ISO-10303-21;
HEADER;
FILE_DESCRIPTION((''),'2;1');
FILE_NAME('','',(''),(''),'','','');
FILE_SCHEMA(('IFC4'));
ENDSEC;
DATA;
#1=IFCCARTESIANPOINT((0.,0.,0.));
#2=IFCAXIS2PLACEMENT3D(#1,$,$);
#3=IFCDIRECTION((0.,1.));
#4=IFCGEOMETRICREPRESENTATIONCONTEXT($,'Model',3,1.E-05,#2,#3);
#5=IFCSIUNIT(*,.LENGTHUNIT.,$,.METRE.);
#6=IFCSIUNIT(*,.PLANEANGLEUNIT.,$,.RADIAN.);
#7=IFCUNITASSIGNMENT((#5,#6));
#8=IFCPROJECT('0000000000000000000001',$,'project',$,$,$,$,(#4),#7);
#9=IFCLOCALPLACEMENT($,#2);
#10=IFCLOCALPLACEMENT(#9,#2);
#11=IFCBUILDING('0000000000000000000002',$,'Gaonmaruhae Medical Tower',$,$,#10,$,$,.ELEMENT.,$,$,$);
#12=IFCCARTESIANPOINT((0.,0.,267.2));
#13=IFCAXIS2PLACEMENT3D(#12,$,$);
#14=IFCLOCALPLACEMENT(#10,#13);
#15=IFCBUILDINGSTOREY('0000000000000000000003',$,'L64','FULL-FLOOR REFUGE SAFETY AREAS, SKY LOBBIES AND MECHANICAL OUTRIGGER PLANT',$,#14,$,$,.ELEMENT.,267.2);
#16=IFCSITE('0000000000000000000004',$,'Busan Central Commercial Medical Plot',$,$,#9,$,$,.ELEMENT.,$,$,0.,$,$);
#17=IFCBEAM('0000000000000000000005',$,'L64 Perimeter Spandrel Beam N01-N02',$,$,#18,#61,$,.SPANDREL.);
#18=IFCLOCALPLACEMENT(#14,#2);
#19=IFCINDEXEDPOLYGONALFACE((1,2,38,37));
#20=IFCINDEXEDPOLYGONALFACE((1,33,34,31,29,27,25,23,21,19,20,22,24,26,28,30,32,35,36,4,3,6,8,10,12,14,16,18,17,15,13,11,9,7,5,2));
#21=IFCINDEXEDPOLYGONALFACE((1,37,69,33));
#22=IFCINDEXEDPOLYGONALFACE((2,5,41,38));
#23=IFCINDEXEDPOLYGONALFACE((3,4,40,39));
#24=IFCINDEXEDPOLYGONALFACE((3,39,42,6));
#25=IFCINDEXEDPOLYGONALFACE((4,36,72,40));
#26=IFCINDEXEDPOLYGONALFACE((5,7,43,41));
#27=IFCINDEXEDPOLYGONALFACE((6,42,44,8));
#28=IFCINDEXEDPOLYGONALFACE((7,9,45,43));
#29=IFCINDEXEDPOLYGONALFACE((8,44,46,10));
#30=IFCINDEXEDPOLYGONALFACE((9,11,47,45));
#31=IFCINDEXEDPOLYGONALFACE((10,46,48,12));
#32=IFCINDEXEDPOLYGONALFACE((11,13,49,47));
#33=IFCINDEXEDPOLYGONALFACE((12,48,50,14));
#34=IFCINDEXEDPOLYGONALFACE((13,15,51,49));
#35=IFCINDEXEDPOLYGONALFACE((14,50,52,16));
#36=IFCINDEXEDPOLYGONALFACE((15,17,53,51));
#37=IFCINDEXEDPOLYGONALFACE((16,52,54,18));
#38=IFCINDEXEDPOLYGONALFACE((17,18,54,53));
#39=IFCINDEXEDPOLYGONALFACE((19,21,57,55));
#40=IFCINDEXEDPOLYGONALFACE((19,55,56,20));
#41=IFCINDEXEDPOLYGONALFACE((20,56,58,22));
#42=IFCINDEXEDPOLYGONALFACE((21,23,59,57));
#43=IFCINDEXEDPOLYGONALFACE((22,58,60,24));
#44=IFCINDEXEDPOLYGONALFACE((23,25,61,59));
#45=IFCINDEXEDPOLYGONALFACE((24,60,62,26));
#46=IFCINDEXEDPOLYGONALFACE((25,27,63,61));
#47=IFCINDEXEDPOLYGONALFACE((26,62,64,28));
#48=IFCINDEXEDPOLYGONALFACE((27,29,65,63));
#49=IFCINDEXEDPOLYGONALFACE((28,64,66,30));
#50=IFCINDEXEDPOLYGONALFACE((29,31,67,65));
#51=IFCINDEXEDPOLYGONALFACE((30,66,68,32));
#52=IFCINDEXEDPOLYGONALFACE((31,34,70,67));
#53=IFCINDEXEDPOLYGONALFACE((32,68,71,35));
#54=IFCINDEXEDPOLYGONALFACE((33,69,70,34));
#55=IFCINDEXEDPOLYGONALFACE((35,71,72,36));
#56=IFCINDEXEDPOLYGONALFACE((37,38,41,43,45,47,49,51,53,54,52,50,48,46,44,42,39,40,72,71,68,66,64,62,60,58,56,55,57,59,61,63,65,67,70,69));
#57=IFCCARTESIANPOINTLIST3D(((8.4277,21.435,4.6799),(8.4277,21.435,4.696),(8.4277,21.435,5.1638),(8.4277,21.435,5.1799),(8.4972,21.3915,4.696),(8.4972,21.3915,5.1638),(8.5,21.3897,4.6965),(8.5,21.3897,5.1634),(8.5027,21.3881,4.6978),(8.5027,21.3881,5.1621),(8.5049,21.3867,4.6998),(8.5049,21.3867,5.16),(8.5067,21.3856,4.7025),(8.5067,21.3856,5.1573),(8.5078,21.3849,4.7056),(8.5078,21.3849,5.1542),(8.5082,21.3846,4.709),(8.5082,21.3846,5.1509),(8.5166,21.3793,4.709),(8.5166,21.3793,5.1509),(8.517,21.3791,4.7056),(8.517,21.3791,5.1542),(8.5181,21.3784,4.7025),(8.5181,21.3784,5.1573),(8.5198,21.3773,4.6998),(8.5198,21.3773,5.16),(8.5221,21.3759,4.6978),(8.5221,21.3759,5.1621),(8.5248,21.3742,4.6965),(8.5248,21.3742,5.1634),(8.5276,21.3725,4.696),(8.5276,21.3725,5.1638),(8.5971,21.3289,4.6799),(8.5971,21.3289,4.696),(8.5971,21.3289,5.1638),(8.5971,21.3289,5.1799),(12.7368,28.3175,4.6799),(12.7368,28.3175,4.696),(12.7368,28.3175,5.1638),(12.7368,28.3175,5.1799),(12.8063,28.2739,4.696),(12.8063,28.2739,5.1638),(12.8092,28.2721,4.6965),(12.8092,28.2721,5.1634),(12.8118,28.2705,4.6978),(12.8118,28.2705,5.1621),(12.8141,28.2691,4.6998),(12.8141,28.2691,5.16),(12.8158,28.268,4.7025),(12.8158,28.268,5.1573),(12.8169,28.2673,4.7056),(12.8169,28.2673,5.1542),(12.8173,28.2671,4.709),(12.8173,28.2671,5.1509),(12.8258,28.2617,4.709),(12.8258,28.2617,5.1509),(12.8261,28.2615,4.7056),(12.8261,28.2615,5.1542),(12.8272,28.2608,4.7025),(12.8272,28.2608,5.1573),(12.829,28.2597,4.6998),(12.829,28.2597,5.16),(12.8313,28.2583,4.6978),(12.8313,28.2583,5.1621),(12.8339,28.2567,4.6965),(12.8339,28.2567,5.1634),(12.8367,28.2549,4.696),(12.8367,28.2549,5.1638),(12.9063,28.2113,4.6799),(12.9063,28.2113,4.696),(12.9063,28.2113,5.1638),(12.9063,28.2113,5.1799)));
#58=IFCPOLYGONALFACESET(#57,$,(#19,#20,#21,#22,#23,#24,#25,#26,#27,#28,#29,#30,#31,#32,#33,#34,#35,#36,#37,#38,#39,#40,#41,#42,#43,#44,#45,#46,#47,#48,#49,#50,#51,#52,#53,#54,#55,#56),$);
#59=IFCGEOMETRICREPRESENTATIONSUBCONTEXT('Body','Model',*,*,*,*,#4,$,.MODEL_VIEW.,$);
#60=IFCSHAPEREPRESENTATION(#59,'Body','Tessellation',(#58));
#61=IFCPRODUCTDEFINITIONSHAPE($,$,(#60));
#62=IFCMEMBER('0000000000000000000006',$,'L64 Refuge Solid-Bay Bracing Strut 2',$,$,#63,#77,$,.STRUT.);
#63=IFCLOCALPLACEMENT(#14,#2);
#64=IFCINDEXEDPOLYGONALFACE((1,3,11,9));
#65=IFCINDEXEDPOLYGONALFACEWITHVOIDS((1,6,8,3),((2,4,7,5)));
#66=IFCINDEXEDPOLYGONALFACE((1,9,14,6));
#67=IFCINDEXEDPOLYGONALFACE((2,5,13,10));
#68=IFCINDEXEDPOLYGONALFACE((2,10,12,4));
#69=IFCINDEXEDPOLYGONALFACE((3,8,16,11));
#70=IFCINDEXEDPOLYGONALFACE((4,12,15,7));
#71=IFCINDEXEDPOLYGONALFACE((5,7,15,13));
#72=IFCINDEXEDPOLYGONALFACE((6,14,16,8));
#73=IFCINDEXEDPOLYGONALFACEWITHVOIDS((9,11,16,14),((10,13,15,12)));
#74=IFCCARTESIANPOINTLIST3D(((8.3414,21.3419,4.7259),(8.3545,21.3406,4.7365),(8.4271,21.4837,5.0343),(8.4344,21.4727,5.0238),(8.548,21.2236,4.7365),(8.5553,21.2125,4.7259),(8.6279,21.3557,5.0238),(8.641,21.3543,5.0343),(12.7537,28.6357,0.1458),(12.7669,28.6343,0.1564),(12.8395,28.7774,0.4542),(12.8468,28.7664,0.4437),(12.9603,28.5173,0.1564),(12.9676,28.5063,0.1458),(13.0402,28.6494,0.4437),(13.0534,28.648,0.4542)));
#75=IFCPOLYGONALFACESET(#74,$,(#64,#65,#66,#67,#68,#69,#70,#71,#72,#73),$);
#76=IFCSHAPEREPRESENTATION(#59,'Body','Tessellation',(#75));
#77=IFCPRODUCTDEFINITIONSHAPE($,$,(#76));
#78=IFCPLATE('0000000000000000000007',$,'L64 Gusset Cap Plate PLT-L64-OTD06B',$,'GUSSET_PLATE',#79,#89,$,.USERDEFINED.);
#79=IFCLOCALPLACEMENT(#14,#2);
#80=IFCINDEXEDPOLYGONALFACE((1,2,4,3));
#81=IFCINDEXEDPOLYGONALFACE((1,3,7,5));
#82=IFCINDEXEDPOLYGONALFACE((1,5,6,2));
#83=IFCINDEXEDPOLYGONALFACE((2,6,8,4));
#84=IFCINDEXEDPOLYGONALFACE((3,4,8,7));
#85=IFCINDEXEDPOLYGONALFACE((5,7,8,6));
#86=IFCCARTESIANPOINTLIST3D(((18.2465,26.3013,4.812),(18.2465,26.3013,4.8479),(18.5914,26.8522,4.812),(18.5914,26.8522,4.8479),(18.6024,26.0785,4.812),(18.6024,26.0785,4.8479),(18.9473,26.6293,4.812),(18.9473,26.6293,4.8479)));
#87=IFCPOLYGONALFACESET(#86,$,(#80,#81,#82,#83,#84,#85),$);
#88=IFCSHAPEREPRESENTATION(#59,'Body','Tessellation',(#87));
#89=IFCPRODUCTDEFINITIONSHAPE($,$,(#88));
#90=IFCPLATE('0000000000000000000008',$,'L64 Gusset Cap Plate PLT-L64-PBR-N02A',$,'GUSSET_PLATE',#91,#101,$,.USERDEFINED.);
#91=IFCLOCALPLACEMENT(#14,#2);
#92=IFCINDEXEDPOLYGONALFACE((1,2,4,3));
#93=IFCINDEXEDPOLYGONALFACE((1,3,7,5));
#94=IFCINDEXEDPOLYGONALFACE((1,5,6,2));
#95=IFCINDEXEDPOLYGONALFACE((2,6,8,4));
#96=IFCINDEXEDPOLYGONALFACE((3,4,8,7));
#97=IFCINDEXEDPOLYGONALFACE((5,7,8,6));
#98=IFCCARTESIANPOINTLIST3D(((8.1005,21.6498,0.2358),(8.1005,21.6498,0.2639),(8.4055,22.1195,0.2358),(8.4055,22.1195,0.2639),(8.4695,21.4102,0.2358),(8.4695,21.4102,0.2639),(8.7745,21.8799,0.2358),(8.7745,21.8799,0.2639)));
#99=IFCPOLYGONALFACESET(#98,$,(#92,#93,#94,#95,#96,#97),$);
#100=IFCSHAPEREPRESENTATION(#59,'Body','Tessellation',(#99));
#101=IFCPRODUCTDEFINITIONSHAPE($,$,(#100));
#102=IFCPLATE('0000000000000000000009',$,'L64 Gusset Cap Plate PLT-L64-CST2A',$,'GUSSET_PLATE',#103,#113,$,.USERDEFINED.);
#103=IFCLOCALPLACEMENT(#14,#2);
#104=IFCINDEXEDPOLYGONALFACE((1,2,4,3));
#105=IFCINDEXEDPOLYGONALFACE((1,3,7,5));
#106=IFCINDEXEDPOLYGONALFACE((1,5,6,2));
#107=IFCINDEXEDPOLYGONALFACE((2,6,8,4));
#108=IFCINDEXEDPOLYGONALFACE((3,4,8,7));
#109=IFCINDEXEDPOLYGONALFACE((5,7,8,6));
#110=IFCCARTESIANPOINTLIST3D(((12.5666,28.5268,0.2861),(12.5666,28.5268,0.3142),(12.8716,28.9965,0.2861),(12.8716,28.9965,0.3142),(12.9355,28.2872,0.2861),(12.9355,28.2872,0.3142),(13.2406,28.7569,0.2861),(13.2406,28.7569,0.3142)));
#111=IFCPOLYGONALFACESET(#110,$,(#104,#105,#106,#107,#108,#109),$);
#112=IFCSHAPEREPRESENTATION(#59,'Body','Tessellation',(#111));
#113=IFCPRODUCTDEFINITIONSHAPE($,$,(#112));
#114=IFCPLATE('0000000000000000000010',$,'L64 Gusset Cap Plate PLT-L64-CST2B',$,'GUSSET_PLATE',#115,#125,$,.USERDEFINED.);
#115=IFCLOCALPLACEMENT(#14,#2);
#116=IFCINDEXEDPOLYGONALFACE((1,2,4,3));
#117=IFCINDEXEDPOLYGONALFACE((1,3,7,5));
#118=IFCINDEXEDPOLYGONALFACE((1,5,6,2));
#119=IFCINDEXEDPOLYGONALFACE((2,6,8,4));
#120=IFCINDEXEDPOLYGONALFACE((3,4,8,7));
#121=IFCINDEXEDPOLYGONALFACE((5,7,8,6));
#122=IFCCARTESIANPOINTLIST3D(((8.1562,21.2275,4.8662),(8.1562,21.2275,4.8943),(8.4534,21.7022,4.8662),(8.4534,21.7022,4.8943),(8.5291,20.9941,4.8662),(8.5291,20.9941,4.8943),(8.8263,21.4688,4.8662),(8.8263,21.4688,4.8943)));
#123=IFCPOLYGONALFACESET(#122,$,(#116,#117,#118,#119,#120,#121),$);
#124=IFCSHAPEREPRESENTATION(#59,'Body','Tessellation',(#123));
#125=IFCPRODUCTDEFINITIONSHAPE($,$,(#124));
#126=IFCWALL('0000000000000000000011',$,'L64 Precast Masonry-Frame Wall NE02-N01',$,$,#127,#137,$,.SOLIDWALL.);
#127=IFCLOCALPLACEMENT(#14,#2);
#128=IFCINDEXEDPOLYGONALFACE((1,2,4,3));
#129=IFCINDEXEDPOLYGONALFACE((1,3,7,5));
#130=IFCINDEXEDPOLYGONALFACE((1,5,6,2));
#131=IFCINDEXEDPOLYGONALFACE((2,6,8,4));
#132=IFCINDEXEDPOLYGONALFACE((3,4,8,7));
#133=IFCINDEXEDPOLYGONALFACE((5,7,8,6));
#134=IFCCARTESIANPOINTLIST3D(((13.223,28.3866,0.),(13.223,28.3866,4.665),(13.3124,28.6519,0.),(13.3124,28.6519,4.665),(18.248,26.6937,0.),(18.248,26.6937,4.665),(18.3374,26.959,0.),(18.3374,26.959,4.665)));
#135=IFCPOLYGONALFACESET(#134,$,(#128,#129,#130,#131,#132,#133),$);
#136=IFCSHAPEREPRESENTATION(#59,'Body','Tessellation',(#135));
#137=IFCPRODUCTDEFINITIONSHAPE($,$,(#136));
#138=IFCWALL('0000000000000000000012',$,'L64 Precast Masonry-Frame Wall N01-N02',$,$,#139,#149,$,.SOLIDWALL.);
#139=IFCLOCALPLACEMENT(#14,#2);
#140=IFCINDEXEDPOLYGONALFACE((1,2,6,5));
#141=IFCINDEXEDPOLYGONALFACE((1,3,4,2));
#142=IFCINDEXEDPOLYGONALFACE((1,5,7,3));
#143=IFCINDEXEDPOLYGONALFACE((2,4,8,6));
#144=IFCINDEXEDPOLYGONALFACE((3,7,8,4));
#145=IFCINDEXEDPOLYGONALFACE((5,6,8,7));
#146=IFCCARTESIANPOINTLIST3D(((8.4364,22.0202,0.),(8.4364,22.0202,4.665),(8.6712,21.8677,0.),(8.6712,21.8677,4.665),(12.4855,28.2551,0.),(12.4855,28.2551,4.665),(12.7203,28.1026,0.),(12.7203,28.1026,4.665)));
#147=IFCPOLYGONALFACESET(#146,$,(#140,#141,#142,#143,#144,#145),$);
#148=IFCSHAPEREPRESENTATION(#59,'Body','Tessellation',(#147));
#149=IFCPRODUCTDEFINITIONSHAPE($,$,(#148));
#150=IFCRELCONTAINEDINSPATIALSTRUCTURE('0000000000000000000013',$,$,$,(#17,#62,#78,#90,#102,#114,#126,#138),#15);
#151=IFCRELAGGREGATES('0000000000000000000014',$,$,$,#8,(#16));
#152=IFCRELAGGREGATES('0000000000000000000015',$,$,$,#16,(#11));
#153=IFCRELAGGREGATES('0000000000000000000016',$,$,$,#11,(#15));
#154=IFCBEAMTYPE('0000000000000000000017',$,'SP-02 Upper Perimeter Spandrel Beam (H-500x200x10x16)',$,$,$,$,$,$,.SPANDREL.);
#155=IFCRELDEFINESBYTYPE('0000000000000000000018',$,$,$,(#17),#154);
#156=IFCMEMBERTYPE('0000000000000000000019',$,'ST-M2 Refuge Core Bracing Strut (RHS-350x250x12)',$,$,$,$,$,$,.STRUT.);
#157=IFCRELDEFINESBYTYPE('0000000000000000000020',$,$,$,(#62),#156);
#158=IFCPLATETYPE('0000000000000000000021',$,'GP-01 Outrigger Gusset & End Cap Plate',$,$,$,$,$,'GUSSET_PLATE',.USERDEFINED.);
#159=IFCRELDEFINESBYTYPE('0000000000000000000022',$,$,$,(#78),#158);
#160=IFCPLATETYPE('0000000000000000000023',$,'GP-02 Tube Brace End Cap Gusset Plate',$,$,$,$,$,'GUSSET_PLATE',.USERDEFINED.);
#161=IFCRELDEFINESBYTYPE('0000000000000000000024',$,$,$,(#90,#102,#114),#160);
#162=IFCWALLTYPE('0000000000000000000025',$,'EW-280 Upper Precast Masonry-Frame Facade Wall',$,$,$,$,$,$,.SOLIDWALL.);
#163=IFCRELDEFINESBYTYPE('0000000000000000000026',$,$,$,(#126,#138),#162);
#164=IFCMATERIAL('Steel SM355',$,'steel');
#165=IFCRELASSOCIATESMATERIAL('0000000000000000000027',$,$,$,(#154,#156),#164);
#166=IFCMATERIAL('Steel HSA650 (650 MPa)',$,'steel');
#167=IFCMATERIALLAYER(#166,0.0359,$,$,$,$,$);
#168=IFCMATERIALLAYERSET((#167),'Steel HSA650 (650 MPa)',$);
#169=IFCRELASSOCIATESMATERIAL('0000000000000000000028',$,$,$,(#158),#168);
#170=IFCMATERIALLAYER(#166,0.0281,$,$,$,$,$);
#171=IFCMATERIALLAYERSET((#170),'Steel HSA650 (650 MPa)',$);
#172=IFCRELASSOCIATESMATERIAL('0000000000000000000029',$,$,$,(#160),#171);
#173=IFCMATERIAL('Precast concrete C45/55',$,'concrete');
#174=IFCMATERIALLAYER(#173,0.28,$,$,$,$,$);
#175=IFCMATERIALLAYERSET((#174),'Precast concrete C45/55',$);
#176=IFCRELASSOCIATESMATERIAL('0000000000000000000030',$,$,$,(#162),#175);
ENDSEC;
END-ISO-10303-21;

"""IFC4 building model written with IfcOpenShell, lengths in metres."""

from ifc_helpers import new_model, si_unit, direction, frame, frame_2d, origin, origin_2d, place, context, subcontext, project, spatial, rectangle, hollow_rectangle, i_section, extrude, material, layer, layer_set, material_profile, profile_set, type_object, element, save


model = new_model("IFC4")

# Units and contexts
model_context = context("Model", 3, precision=1e-05, world=origin(), true_north=direction((0.0, 1.0)))
body_context = subcontext(model_context, "Body", "Model", "MODEL_VIEW")
ifc_project = project(units=[si_unit("LENGTHUNIT", "METRE"), si_unit("PLANEANGLEUNIT", "RADIAN")], contexts=[model_context])

# Site, building, storey
site_placement = place(None, origin())
site = spatial("IfcSite", under=ifc_project, at=site_placement, Name="Busan Central Commercial Medical Plot", CompositionType="ELEMENT", RefElevation=0.0)
building_placement = place(site_placement, origin())
building = spatial("IfcBuilding", under=site, at=building_placement, Name="Gaonmaruhae Medical Tower", CompositionType="ELEMENT")
storey_placement = place(building_placement, frame((0.0, 0.0, 267.2)))
storey = spatial("IfcBuildingStorey", under=building, at=storey_placement, Name="L64", Description="FULL-FLOOR REFUGE SAFETY AREAS, SKY LOBBIES AND MECHANICAL OUTRIGGER PLANT", CompositionType="ELEMENT", Elevation=267.2)

# Shared definitions
ifc_material_1 = material(Name="Steel SM355", Category="steel")

# Beam
ifc_material_profile_1 = material_profile(ifc_material_1, i_section(OverallWidth=0.2, OverallDepth=0.5, WebThickness=0.01, FlangeThickness=0.0161, FilletRadius=0.0129, at=origin_2d()), Name="H-500x200x10x16")
ifc_profile_set_1 = profile_set([ifc_material_profile_1], Name="Steel SM355")
beam_type_1 = type_object("IfcBeamType", Name="SP-02 Upper Perimeter Spandrel Beam (H-500x200x10x16)", PredefinedType="SPANDREL", material=ifc_profile_set_1)
beam_1_placement = place(storey_placement, frame((12.8215, 28.2644, 4.9299), z_axis=(-0.530674, -0.847576, 0.0), x_axis=(0.847576, -0.530674, 0.0)))
element("IfcBeam", 1, at=beam_1_placement, inside=storey, type_object=beam_type_1, Name="L64 Perimeter Spandrel Beam N01-N02", PredefinedType="SPANDREL", context=body_context, shape_type="SweptSolid", body=[
    extrude(i_section(OverallWidth=0.2, OverallDepth=0.5, WebThickness=0.01, FlangeThickness=0.0161, FilletRadius=0.0129, at=origin_2d()), origin(), (0.0, 0.0, 1.0), 8.1201),
])

# Member
ifc_material_profile_2 = material_profile(ifc_material_1, hollow_rectangle(XDim=0.25, YDim=0.3501, WallThickness=0.012, at=origin_2d()), Name="RHS-350x250x12")
ifc_profile_set_2 = profile_set([ifc_material_profile_2], Name="Steel SM355")
member_type_1 = type_object("IfcMemberType", Name="ST-M2 Refuge Core Bracing Strut (RHS-350x250x12)", PredefinedType="STRUT", material=ifc_profile_set_2)
member_1_placement = place(storey_placement, frame((12.9036, 28.6418, 0.3), z_axis=(-0.455964, -0.753716, 0.473296), x_axis=(0.855617, -0.517609, 0.0)))
element("IfcMember", 2, at=member_1_placement, inside=storey, type_object=member_type_1, Name="L64 Refuge Solid-Bay Bracing Strut 2", PredefinedType="STRUT", context=body_context, shape_type="SweptSolid", body=[
    extrude(hollow_rectangle(XDim=0.25, YDim=0.3501, WallThickness=0.012, at=origin_2d()), origin(), (0.0, 0.0, 1.0), 9.677),
])

# Plates
ifc_material_2 = material(Name="Steel HSA650 (650 MPa)", Category="steel")
ifc_layer_1 = layer(ifc_material_2, 0.0359)
ifc_layer_set_1 = layer_set([ifc_layer_1], Name="Steel HSA650 (650 MPa)")
plate_type_1 = type_object("IfcPlateType", Name="GP-01 Outrigger Gusset & End Cap Plate", ElementType="GUSSET_PLATE", PredefinedType="USERDEFINED", material=ifc_layer_set_1)
plate_placement = place(storey_placement, frame((18.5969, 26.4653, 4.812), z_axis=(0.0, 0.0, 1.0), x_axis=(0.530659, 0.847585, 0.0)))
element("IfcPlate", 3, at=plate_placement, inside=storey, type_object=plate_type_1, Name="L64 Gusset Cap Plate PLT-L64-OTD06B", ObjectType="GUSSET_PLATE", PredefinedType="USERDEFINED", context=body_context, shape_type="SweptSolid", body=[
    extrude(rectangle(XDim=0.6499, YDim=0.4199, at=origin_2d()), origin(), (0.0, 0.0, 1.0), 0.0359),
])
ifc_layer_2 = layer(ifc_material_2, 0.0281)
ifc_layer_set_2 = layer_set([ifc_layer_2], Name="Steel HSA650 (650 MPa)")
plate_type_2 = type_object("IfcPlateType", Name="GP-02 Tube Brace End Cap Gusset Plate", ElementType="GUSSET_PLATE", PredefinedType="USERDEFINED", material=ifc_layer_set_2)
for number, where, z_axis, x_axis, name in (
    (4, (8.4375, 21.7649, 0.2358), (0.0, 0.0, 1.0), (0.544639, 0.838671, 0.0), "L64 Gusset Cap Plate PLT-L64-PBR-N02A"),
    (5, (12.9036, 28.6418, 0.2861), (0.0, 0.0, 1.0), (0.544639, 0.838671, 0.0), "L64 Gusset Cap Plate PLT-L64-CST2A"),
    (6, (8.4912, 21.3481, 4.8662), (0.0, 0.0, 1.0), (0.530659, 0.847585, 0.0), "L64 Gusset Cap Plate PLT-L64-CST2B"),
):
    element("IfcPlate", number, at=place(storey_placement, frame(where, z_axis=z_axis, x_axis=x_axis)), inside=storey, type_object=plate_type_2, Name=name, ObjectType="GUSSET_PLATE", PredefinedType="USERDEFINED", context=body_context, shape_type="SweptSolid", body=[
        extrude(rectangle(XDim=0.5601, YDim=0.4399, at=origin_2d()), origin(), (0.0, 0.0, 1.0), 0.0281),
    ])

# Walls
ifc_material_3 = material(Name="Precast concrete C45/55", Category="concrete")
ifc_layer_3 = layer(ifc_material_3, 0.28)
ifc_layer_set_3 = layer_set([ifc_layer_3], Name="Precast concrete C45/55")
wall_type = type_object("IfcWallType", Name="EW-280 Upper Precast Masonry-Frame Facade Wall", PredefinedType="SOLIDWALL", material=ifc_layer_set_3)
wall_1_placement = place(storey_placement, frame((13.2676, 28.5193, 0.0), z_axis=(0.0, 0.0, 1.0), x_axis=(0.947665, -0.319265, 0.0)))
element("IfcWall", 7, at=wall_1_placement, inside=storey, type_object=wall_type, Name="L64 Precast Masonry-Frame Wall NE02-N01", PredefinedType="SOLIDWALL", context=body_context, shape_type="SweptSolid", body=[
    extrude(rectangle(XDim=5.3025, YDim=0.28, at=frame_2d((2.6514, 0.0))), origin(), (0.0, 0.0, 1.0), 4.665),
])
wall_2_placement = place(storey_placement, frame((8.5537, 21.9438, 0.0), z_axis=(0.0, 0.0, 1.0), x_axis=(0.544649, 0.838664, 0.0)))
element("IfcWall", 8, at=wall_2_placement, inside=storey, type_object=wall_type, Name="L64 Precast Masonry-Frame Wall N01-N02", PredefinedType="SOLIDWALL", context=body_context, shape_type="SweptSolid", body=[
    extrude(rectangle(XDim=7.4343, YDim=0.28, at=frame_2d((3.7173, 0.0))), origin(), (0.0, 0.0, 1.0), 4.665),
])

save(model, "model.ifc")
